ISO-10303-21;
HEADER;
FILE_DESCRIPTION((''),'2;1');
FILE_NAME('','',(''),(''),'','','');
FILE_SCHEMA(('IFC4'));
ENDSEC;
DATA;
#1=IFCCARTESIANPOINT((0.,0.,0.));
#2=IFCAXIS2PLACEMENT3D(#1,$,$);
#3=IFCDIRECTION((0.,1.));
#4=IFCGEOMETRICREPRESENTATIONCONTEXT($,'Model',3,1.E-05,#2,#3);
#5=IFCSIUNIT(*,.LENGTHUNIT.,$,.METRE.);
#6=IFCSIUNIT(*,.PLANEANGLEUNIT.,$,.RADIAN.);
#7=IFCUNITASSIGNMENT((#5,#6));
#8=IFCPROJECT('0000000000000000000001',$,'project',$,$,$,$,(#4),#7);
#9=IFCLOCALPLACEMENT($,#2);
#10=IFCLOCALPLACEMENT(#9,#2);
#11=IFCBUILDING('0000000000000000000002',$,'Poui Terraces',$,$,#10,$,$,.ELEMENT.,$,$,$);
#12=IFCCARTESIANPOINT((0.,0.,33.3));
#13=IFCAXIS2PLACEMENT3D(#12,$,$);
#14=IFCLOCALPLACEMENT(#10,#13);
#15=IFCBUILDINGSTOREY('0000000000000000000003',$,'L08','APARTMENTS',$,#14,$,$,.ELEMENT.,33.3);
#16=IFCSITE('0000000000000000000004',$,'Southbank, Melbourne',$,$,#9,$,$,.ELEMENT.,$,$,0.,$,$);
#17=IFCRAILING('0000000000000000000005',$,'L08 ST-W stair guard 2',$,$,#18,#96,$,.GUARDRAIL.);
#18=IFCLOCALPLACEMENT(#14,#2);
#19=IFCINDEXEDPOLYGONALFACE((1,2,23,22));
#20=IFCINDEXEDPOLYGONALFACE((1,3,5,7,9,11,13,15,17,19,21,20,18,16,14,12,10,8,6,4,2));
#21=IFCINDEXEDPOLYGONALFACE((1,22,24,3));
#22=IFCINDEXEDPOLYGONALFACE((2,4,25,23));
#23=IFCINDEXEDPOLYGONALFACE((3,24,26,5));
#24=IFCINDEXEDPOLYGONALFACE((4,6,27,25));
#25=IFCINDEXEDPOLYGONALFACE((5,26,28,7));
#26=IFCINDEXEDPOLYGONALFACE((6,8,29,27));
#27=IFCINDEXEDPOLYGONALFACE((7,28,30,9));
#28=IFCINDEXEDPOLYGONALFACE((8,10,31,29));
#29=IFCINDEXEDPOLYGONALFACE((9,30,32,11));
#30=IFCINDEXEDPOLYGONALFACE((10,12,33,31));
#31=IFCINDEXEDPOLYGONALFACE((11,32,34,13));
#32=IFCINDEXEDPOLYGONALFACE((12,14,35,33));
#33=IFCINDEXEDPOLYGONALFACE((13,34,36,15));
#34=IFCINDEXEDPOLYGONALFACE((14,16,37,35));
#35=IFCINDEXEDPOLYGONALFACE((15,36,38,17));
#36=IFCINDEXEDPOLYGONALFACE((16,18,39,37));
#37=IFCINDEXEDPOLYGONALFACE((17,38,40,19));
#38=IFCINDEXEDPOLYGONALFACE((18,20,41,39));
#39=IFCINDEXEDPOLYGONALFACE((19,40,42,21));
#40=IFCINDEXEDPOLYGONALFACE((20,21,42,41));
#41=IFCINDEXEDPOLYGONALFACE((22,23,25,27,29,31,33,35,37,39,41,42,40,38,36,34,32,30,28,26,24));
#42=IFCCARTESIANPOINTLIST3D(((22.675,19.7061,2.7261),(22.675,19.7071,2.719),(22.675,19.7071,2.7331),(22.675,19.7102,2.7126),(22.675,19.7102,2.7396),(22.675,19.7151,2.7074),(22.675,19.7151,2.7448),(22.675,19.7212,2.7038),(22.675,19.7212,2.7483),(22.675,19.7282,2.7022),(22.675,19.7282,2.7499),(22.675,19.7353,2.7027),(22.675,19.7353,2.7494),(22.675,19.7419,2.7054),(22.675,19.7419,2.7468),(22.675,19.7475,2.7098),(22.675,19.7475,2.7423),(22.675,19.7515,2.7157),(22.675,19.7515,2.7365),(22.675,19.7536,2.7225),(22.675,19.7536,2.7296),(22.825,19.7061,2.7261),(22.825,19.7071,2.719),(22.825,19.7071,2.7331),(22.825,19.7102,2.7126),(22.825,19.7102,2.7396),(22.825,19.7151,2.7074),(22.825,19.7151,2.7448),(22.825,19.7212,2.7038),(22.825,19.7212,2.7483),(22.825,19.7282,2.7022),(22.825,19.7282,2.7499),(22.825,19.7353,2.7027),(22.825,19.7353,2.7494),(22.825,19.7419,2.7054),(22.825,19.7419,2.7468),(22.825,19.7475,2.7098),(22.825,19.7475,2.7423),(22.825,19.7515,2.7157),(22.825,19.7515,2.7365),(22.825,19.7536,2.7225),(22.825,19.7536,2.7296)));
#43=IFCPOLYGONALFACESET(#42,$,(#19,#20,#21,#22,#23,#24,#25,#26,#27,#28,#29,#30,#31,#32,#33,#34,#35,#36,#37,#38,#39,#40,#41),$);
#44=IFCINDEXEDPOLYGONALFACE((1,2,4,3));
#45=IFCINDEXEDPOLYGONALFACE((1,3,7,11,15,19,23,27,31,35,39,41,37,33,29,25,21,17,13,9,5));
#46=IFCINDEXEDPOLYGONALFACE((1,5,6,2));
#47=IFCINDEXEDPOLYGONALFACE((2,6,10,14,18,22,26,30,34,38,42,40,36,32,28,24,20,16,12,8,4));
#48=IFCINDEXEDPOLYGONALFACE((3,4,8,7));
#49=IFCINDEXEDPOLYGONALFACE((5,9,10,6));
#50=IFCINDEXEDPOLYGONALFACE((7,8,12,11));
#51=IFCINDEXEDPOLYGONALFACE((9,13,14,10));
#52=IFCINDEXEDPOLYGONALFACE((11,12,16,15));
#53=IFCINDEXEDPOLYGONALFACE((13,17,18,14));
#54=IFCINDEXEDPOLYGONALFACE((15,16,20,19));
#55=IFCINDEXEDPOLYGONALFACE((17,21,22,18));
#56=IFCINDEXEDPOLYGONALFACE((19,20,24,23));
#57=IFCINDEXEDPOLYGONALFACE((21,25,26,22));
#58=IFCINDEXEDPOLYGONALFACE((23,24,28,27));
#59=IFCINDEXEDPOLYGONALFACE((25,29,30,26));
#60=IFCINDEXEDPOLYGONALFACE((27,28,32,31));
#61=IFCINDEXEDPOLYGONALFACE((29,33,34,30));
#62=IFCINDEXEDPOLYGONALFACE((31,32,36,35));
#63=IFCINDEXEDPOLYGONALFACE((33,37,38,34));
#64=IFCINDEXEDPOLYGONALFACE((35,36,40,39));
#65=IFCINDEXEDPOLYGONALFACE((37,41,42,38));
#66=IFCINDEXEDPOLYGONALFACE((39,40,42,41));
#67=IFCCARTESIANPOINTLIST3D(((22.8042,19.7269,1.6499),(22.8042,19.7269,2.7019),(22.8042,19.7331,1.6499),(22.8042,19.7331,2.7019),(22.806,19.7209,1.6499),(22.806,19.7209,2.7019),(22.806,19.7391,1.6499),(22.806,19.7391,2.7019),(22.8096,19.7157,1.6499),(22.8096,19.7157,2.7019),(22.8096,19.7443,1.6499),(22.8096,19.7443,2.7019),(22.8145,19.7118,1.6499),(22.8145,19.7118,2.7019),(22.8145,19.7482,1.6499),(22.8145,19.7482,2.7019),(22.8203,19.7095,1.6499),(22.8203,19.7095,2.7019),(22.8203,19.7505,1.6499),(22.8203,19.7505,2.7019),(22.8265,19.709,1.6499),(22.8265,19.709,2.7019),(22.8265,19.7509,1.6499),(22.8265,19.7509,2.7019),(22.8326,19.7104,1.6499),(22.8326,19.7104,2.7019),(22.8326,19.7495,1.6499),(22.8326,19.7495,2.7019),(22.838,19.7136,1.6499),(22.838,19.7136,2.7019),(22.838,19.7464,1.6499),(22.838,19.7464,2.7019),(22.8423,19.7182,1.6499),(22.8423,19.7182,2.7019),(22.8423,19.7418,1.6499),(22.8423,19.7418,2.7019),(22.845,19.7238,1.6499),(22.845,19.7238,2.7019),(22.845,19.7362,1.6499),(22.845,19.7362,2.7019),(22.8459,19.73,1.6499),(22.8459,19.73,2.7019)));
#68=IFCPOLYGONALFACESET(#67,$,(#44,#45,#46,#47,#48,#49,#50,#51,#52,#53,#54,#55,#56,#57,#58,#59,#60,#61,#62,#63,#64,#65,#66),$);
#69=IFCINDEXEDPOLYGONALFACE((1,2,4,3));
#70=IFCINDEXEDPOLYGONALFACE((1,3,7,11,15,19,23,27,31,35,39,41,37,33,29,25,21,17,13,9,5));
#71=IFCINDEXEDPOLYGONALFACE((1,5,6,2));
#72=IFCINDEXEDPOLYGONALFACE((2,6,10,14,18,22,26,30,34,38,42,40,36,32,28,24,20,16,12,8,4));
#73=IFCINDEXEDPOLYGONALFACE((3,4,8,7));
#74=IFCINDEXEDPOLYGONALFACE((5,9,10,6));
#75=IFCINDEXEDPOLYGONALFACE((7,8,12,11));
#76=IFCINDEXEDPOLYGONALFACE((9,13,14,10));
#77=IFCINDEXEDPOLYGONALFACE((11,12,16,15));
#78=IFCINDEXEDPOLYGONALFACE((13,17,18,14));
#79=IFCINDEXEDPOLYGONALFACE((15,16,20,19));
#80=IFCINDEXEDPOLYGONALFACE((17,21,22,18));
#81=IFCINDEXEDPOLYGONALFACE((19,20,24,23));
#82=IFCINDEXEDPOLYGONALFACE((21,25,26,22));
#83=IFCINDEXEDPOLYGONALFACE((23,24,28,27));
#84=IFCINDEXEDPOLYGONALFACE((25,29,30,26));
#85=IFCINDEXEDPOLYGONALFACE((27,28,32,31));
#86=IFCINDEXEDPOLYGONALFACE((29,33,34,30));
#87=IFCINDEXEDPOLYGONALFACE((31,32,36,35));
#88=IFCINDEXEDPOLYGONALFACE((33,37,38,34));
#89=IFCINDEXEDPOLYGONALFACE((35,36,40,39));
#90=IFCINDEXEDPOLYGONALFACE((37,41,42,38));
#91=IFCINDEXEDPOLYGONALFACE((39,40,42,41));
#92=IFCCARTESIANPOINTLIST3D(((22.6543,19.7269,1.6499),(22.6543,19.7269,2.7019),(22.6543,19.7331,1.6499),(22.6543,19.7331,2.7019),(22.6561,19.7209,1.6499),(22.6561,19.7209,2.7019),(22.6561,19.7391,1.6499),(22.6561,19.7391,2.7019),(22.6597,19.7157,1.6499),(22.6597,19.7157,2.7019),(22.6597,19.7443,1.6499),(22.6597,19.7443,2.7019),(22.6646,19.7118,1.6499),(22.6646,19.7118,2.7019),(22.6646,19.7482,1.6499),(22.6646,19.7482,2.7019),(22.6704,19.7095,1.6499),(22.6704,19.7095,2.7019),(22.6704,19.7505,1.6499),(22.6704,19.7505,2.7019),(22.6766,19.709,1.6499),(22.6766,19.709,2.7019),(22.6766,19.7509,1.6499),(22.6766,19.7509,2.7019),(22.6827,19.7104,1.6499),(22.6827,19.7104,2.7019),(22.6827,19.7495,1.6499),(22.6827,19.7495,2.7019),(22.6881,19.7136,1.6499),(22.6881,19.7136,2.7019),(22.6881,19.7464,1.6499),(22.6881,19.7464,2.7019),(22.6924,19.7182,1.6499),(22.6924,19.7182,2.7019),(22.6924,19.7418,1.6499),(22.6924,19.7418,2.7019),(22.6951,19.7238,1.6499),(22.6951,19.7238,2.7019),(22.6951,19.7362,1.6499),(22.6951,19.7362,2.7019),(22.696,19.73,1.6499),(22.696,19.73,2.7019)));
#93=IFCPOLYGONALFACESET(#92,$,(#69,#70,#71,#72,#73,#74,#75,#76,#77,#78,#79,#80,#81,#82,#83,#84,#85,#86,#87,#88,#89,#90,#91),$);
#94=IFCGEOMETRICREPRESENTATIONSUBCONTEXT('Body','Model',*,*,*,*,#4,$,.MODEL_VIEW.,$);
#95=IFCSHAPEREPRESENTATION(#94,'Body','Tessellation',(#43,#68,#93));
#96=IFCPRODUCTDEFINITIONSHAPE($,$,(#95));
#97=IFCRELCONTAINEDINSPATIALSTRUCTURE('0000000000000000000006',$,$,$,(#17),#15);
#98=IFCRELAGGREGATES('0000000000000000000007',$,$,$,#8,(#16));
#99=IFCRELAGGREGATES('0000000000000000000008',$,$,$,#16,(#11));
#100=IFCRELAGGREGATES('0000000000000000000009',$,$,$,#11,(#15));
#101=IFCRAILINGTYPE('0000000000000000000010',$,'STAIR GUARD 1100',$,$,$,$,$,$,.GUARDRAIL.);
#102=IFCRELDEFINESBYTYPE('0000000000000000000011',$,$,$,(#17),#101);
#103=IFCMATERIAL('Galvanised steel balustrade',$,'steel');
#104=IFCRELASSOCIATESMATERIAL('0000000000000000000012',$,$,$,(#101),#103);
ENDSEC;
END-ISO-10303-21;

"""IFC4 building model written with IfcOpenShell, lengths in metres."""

from ifc_helpers import new_model, si_unit, direction, frame, origin, origin_2d, place, context, subcontext, project, spatial, circle, extrude, material, type_object, element, save


model = new_model("IFC4")

# Units and contexts
model_context = context("Model", 3, precision=1e-05, world=origin(), true_north=direction((0.0, 1.0)))
body_context = subcontext(model_context, "Body", "Model", "MODEL_VIEW")
ifc_project = project(units=[si_unit("LENGTHUNIT", "METRE"), si_unit("PLANEANGLEUNIT", "RADIAN")], contexts=[model_context])

# Site, building, storey
site_placement = place(None, origin())
site = spatial("IfcSite", under=ifc_project, at=site_placement, Name="Southbank, Melbourne", CompositionType="ELEMENT", RefElevation=0.0)
building_placement = place(site_placement, origin())
building = spatial("IfcBuilding", under=site, at=building_placement, Name="Poui Terraces", CompositionType="ELEMENT")
storey_placement = place(building_placement, frame((0.0, 0.0, 33.3)))
storey = spatial("IfcBuildingStorey", under=building, at=storey_placement, Name="L08", Description="APARTMENTS", CompositionType="ELEMENT", Elevation=33.3)

# Railing
ifc_material_1 = material(Name="Galvanised steel balustrade", Category="steel")
railing_type_1 = type_object("IfcRailingType", Name="STAIR GUARD 1100", PredefinedType="GUARDRAIL", material=ifc_material_1)
railing_1_placement = place(storey_placement, frame((22.825, 19.73, 1.6499)))
element("IfcRailing", 1, at=railing_1_placement, inside=storey, type_object=railing_type_1, Name="L08 ST-W stair guard 2", PredefinedType="GUARDRAIL", context=body_context, shape_type="SweptSolid", body=[
    extrude(circle(Radius=0.0239, at=origin_2d()), frame((0.0, 0.0, 1.0762), z_axis=(-1.0, 0.0, 0.0), x_axis=(0.0, -1.0, 0.0)), (0.0, 0.0, 1.0), 0.1499),
    extrude(circle(Radius=0.021, at=origin_2d()), origin(), (0.0, 0.0, 1.0), 1.052),
    extrude(circle(Radius=0.021, at=origin_2d()), frame((-0.1499, 0.0, 0.0)), (0.0, 0.0, 1.0), 1.052),
])

save(model, "model.ifc")
